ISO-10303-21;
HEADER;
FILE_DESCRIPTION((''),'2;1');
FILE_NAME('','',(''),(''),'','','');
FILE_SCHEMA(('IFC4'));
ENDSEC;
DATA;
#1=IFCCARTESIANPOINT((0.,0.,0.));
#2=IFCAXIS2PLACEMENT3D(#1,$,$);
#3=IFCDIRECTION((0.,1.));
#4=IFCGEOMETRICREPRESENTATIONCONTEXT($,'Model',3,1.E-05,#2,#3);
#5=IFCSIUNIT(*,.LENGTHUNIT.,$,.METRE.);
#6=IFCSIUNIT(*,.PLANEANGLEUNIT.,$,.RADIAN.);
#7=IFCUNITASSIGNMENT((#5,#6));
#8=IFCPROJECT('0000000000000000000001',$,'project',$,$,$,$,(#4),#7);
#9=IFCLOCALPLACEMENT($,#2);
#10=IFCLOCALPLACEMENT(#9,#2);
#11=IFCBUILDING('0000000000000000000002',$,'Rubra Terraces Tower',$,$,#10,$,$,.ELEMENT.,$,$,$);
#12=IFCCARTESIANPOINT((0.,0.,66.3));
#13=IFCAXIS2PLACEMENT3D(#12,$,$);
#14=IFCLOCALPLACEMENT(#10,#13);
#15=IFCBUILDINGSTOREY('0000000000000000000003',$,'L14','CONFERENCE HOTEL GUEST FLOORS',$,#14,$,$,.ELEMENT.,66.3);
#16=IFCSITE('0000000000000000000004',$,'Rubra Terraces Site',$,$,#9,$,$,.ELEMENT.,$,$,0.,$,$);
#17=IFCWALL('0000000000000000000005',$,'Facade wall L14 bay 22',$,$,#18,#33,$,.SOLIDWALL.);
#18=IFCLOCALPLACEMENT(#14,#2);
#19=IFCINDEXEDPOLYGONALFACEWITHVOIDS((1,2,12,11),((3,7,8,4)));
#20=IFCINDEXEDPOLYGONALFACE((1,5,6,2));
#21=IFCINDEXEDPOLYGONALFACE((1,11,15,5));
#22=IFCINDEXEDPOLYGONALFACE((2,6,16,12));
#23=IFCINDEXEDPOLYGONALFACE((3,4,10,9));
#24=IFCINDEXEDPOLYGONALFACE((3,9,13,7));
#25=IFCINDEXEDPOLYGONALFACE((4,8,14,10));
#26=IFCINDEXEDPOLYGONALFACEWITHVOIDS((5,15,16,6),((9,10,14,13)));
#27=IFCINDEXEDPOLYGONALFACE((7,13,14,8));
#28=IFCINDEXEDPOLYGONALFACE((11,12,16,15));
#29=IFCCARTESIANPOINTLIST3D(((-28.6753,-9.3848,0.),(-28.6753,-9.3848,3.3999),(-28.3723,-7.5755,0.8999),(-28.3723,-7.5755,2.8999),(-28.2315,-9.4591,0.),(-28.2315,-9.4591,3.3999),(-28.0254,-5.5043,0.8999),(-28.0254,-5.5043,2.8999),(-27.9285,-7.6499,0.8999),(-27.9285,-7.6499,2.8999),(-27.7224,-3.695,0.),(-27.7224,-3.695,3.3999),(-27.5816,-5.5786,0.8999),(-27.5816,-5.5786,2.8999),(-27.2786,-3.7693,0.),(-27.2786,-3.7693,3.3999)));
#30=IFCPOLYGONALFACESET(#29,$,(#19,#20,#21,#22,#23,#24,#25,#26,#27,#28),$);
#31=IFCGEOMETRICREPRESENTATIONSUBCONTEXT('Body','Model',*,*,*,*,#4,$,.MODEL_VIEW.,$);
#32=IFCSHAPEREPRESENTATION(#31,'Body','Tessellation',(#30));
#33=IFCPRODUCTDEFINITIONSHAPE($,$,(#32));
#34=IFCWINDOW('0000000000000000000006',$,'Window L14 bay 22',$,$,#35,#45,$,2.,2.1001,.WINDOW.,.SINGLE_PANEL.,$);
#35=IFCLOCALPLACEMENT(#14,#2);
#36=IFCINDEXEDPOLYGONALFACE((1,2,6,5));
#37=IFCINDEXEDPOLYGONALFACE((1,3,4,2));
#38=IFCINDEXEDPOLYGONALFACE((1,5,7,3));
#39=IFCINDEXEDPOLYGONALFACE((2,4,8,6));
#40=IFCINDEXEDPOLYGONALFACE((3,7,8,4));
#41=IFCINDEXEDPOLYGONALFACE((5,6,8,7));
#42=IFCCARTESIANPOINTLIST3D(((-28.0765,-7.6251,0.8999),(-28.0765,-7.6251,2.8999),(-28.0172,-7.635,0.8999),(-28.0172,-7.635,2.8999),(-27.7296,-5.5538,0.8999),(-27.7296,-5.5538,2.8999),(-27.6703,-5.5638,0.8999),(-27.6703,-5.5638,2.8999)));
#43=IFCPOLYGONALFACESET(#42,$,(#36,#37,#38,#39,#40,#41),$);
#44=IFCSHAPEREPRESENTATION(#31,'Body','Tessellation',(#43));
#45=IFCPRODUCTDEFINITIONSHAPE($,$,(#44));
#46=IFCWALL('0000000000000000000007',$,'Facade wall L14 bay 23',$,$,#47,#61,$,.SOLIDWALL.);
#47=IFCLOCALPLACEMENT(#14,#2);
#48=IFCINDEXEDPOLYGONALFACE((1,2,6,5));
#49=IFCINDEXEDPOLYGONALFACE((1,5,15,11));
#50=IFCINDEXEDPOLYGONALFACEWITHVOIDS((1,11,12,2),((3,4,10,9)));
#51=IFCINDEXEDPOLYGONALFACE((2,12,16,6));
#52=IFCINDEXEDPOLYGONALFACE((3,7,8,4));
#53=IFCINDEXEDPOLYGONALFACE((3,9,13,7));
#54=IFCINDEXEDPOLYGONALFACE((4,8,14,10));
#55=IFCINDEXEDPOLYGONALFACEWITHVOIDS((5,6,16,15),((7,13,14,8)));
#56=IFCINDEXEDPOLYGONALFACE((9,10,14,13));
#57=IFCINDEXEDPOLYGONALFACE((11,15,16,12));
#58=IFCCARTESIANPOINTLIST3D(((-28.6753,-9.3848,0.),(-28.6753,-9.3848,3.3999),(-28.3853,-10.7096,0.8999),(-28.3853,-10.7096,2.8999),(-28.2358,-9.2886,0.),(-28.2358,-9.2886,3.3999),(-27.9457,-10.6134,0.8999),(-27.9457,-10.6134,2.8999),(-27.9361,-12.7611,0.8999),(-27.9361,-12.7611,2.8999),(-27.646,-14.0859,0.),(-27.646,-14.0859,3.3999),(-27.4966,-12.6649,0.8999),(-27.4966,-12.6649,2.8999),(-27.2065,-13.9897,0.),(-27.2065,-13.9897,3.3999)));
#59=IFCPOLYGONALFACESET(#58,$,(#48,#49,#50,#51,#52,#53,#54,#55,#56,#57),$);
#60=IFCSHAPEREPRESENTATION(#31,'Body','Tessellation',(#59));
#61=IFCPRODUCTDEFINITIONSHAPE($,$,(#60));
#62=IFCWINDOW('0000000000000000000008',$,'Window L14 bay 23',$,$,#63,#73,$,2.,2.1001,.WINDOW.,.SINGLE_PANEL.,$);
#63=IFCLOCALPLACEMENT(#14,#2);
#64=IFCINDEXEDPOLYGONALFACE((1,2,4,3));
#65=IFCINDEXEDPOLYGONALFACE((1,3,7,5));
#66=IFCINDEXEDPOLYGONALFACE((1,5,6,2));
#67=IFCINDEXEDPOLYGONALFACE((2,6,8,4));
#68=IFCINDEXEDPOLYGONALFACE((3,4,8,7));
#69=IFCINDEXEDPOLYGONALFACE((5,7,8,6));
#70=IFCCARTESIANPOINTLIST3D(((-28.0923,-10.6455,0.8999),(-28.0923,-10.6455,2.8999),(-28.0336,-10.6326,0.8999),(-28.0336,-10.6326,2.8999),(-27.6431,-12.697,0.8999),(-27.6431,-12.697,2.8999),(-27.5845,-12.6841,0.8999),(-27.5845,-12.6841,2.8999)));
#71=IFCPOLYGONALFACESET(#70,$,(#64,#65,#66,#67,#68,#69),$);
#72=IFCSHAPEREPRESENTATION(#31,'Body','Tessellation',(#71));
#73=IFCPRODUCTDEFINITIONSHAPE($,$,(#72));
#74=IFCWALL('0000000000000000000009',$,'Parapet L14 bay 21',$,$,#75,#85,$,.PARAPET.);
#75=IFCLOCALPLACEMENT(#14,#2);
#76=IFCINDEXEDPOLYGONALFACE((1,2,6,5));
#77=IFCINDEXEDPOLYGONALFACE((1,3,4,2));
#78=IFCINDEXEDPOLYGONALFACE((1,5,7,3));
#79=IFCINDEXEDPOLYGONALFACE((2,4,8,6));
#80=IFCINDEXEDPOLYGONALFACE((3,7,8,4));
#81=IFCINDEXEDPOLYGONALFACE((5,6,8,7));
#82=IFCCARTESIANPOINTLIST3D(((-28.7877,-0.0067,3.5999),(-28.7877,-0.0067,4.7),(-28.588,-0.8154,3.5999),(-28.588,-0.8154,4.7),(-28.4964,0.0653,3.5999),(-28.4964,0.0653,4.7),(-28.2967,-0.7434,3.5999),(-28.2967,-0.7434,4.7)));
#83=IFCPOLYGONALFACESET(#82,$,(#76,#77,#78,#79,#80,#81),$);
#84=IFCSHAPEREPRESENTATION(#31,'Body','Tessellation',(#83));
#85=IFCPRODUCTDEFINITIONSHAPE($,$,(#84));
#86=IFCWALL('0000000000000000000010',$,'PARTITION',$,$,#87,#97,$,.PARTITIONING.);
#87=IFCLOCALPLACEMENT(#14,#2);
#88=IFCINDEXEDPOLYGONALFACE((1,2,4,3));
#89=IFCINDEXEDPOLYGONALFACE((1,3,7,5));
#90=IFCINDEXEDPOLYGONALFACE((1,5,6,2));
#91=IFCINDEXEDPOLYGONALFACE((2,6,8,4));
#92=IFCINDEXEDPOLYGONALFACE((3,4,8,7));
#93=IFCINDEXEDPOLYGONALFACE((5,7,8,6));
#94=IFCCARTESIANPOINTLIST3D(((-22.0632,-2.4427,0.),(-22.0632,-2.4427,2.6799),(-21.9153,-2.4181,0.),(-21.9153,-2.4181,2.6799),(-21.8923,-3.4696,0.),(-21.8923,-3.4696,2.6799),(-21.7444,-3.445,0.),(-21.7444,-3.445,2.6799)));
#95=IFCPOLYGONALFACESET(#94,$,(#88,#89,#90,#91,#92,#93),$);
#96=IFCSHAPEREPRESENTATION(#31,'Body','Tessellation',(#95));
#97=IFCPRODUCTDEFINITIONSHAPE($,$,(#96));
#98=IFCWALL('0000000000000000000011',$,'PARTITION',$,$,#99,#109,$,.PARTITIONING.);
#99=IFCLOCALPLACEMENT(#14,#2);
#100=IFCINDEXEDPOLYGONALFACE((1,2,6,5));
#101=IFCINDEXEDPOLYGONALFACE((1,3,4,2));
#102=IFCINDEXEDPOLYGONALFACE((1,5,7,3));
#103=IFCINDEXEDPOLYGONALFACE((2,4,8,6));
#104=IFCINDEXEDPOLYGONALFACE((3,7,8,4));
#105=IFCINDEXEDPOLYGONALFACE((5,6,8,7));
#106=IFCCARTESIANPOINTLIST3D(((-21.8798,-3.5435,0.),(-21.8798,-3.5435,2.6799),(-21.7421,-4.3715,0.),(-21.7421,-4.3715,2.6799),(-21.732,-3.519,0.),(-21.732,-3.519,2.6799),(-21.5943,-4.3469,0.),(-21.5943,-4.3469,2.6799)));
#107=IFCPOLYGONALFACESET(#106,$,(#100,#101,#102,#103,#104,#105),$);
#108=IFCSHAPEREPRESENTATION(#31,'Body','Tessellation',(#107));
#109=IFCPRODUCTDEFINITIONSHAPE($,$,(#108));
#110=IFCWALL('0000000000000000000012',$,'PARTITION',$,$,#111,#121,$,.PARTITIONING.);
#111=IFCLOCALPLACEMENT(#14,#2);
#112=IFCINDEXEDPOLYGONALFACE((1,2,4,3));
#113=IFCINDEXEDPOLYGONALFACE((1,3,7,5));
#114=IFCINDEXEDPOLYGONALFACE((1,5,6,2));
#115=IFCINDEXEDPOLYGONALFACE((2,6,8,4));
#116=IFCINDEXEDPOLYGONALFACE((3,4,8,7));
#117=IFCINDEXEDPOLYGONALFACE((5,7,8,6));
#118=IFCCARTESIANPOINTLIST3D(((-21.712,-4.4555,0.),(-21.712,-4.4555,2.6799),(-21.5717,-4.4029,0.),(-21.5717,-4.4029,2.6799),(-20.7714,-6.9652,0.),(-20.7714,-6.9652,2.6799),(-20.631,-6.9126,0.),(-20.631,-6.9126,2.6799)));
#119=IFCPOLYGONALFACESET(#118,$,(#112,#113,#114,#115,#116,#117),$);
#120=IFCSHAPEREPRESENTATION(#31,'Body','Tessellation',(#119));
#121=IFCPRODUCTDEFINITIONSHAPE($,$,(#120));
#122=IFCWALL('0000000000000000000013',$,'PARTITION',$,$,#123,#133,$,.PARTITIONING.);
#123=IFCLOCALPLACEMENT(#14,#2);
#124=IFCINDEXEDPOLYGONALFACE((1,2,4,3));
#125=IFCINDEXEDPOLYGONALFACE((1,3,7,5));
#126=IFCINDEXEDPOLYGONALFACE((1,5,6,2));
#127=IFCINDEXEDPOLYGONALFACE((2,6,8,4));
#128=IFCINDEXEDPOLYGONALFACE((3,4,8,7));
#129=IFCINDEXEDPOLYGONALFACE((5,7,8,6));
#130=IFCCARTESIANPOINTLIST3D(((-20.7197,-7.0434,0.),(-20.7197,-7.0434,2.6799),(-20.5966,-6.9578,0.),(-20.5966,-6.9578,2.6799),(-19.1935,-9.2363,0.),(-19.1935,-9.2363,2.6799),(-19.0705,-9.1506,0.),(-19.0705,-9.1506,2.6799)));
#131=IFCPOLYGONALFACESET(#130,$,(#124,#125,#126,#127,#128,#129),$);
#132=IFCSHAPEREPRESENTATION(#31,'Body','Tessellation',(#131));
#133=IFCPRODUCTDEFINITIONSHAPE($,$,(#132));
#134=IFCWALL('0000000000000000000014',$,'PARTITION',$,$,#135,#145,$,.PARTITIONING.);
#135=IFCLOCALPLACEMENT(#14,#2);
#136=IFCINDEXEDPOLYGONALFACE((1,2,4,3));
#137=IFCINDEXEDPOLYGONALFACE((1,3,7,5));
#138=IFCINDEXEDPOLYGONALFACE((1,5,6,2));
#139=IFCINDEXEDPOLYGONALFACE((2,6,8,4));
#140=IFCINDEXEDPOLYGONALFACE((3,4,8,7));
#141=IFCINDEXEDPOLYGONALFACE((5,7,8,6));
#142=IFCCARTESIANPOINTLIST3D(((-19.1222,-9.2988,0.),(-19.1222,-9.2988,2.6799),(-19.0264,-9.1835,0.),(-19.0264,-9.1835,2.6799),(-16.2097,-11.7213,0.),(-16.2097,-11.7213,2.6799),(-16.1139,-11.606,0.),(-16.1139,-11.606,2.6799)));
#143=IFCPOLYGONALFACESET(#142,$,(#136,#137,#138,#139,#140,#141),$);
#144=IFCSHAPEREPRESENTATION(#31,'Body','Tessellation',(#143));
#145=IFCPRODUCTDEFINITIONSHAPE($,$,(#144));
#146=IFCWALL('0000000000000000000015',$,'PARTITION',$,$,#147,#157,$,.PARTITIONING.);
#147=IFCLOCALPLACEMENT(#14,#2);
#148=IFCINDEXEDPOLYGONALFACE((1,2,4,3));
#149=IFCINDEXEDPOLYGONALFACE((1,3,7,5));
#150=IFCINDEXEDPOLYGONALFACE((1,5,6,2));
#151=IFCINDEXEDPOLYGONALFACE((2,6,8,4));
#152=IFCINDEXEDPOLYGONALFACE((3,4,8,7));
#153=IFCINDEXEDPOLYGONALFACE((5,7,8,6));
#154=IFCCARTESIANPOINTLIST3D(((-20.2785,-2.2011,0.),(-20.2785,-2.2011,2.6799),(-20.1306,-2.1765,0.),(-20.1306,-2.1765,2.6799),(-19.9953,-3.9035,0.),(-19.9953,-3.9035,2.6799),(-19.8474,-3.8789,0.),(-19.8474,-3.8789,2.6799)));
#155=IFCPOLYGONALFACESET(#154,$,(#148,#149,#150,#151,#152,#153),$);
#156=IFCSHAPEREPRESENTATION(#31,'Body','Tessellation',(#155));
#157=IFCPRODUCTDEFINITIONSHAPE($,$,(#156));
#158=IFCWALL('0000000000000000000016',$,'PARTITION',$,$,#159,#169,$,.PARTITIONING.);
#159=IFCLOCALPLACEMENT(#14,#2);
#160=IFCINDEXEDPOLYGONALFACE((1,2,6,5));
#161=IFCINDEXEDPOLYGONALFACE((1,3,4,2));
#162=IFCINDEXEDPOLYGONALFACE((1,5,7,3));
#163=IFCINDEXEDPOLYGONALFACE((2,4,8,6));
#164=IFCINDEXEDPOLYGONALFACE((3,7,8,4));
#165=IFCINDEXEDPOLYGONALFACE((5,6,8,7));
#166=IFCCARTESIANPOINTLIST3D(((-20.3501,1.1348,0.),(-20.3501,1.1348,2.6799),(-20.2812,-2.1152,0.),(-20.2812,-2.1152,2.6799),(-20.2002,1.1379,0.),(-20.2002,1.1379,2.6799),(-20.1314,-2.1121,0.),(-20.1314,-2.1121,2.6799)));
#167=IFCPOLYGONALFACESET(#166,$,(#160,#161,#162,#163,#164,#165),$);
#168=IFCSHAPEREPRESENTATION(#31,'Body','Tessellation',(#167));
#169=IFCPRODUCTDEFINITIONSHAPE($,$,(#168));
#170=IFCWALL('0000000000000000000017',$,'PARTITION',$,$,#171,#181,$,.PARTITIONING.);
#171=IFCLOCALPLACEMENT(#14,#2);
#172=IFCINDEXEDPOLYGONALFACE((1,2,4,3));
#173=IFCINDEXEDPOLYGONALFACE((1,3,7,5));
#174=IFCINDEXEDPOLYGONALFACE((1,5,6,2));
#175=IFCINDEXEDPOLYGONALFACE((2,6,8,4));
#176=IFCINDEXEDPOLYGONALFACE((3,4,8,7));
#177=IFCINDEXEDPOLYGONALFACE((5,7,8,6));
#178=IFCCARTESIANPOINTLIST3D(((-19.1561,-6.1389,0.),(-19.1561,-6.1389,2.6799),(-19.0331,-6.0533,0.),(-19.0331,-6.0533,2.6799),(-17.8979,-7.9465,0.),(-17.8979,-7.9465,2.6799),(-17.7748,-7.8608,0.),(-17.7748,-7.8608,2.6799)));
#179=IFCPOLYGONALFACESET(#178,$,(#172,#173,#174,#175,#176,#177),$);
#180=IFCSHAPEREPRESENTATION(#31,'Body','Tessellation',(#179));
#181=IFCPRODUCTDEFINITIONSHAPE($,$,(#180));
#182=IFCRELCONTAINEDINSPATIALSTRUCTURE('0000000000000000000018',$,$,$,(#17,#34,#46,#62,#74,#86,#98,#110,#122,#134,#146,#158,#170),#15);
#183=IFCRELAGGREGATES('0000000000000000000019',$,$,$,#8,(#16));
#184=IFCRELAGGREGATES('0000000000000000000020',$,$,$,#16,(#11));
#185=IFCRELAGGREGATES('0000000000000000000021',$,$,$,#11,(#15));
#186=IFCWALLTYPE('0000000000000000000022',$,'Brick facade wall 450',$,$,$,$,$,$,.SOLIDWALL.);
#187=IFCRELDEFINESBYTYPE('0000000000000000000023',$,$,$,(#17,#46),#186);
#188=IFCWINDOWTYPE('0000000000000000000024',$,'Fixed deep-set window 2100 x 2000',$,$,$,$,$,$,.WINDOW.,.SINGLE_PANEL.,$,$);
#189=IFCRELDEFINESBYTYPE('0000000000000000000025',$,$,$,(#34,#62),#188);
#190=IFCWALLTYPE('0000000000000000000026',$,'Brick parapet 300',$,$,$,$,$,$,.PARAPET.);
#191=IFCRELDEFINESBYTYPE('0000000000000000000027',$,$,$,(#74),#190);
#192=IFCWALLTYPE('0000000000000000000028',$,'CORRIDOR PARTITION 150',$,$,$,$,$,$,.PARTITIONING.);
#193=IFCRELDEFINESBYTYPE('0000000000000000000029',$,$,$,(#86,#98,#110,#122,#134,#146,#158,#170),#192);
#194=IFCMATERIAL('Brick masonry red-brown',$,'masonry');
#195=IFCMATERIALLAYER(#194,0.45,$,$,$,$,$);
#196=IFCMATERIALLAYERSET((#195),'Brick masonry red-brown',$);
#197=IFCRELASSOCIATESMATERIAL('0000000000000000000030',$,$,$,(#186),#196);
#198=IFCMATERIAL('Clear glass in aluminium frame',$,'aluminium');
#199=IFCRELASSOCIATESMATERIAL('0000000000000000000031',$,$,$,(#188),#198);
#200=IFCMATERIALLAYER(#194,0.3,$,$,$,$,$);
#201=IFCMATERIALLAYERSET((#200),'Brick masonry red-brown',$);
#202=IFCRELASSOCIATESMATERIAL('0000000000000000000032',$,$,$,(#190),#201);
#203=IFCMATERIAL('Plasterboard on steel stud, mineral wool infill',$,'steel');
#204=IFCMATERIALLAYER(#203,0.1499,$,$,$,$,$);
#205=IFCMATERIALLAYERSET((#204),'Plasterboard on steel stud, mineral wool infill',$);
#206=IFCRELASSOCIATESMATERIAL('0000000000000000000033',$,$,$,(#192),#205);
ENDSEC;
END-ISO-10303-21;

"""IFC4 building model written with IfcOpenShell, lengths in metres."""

from ifc_helpers import new_model, si_unit, direction, frame, frame_2d, origin, place, context, subcontext, project, spatial, rectangle, extrude, material, layer, layer_set, type_object, element, fill, save


model = new_model("IFC4")

# Units and contexts
model_context = context("Model", 3, precision=1e-05, world=origin(), true_north=direction((0.0, 1.0)))
body_context = subcontext(model_context, "Body", "Model", "MODEL_VIEW")
ifc_project = project(units=[si_unit("LENGTHUNIT", "METRE"), si_unit("PLANEANGLEUNIT", "RADIAN")], contexts=[model_context])

# Site, building, storey
site_placement = place(None, origin())
site = spatial("IfcSite", under=ifc_project, at=site_placement, Name="Rubra Terraces Site", CompositionType="ELEMENT", RefElevation=0.0)
building_placement = place(site_placement, origin())
building = spatial("IfcBuilding", under=site, at=building_placement, Name="Rubra Terraces Tower", CompositionType="ELEMENT")
storey_placement = place(building_placement, frame((0.0, 0.0, 66.3)))
storey = spatial("IfcBuildingStorey", under=building, at=storey_placement, Name="L14", Description="CONFERENCE HOTEL GUEST FLOORS", CompositionType="ELEMENT", Elevation=66.3)

# Walls, openings, windows
ifc_material_1 = material(Name="Brick masonry red-brown", Category="masonry")
ifc_layer_1 = layer(ifc_material_1, 0.45)
ifc_layer_set_1 = layer_set([ifc_layer_1], Name="Brick masonry red-brown")
wall_type_1 = type_object("IfcWallType", Name="Brick facade wall 450", PredefinedType="SOLIDWALL", material=ifc_layer_set_1)
ifc_material_2 = material(Name="Clear glass in aluminium frame", Category="aluminium")
wall_1_placement = place(storey_placement, frame((-27.5005, -3.7322, 0.0), z_axis=(0.0, 0.0, 1.0), x_axis=(-0.165174, -0.986264, 0.0)))
wall_1 = element("IfcWall", 1, at=wall_1_placement, inside=storey, type_object=wall_type_1, Name="Facade wall L14 bay 22", PredefinedType="SOLIDWALL", context=body_context, shape_type="SweptSolid", body=[
    extrude(rectangle(XDim=5.769, YDim=0.45, at=frame_2d((2.8845, 0.0))), origin(), (0.0, 0.0, 1.0), 3.3999),
])
opening_1_placement = place(wall_1_placement, frame((1.8345, 0.0, 0.8999)))
opening_1 = element("IfcOpeningElement", 2, at=opening_1_placement, cuts=wall_1, PredefinedType="OPENING", context=body_context, shape_type="SweptSolid", body=[
    extrude(rectangle(XDim=2.1001, YDim=2.0, at=frame_2d((1.05, 1.0))), frame((0.0, 0.2349, 0.0), z_axis=(0.0, -1.0, 0.0), x_axis=(1.0, 0.0, 0.0)), (0.0, 0.0, 1.0), 0.47),
])
window_type_1 = type_object("IfcWindowType", Name="Fixed deep-set window 2100 x 2000", PartitioningType="SINGLE_PANEL", PredefinedType="WINDOW", material=ifc_material_2)
window_1_placement = place(opening_1_placement, origin())
window_1 = element("IfcWindow", 3, at=window_1_placement, inside=storey, type_object=window_type_1, Name="Window L14 bay 22", OverallHeight=2.0, OverallWidth=2.1001, PartitioningType="SINGLE_PANEL", PredefinedType="WINDOW", context=body_context, shape_type="SweptSolid", body=[
    extrude(rectangle(XDim=2.1001, YDim=2.0, at=frame_2d((1.05, 1.0))), frame((0.0, 0.135, 0.0), z_axis=(0.0, -1.0, 0.0), x_axis=(1.0, 0.0, 0.0)), (0.0, 0.0, 1.0), 0.0601),
])
fill(opening_1, window_1)
wall_2_placement = place(storey_placement, frame((-28.4556, -9.3367, 0.0), z_axis=(0.0, 0.0, 1.0), x_axis=(0.213878, -0.97686, 0.0)))
wall_2 = element("IfcWall", 4, at=wall_2_placement, inside=storey, type_object=wall_type_1, Name="Facade wall L14 bay 23", PredefinedType="SOLIDWALL", context=body_context, shape_type="SweptSolid", body=[
    extrude(rectangle(XDim=4.8125, YDim=0.45, at=frame_2d((2.4062, 0.0))), origin(), (0.0, 0.0, 1.0), 3.3999),
])
opening_2_placement = place(wall_2_placement, frame((1.3562, 0.0, 0.8999)))
opening_2 = element("IfcOpeningElement", 5, at=opening_2_placement, cuts=wall_2, PredefinedType="OPENING", context=body_context, shape_type="SweptSolid", body=[
    extrude(rectangle(XDim=2.1001, YDim=2.0, at=frame_2d((1.05, 1.0))), frame((0.0, 0.2349, 0.0), z_axis=(0.0, -1.0, 0.0), x_axis=(1.0, 0.0, 0.0)), (0.0, 0.0, 1.0), 0.47),
])
window_2_placement = place(opening_2_placement, origin())
window_2 = element("IfcWindow", 6, at=window_2_placement, inside=storey, type_object=window_type_1, Name="Window L14 bay 23", OverallHeight=2.0, OverallWidth=2.1001, PartitioningType="SINGLE_PANEL", PredefinedType="WINDOW", context=body_context, shape_type="SweptSolid", body=[
    extrude(rectangle(XDim=2.1001, YDim=2.0, at=frame_2d((1.05, 1.0))), frame((0.0, 0.135, 0.0), z_axis=(0.0, -1.0, 0.0), x_axis=(1.0, 0.0, 0.0)), (0.0, 0.0, 1.0), 0.0601),
])
fill(opening_2, window_2)

# Walls
ifc_layer_2 = layer(ifc_material_1, 0.3)
ifc_layer_set_2 = layer_set([ifc_layer_2], Name="Brick masonry red-brown")
wall_type_2 = type_object("IfcWallType", Name="Brick parapet 300", PredefinedType="PARAPET", material=ifc_layer_set_2)
wall_3_placement = place(storey_placement, frame((-28.6421, 0.0293, 3.5999), z_axis=(0.0, 0.0, 1.0), x_axis=(0.239776, -0.970828, 0.0)))
element("IfcWall", 7, at=wall_3_placement, inside=storey, type_object=wall_type_2, Name="Parapet L14 bay 21", PredefinedType="PARAPET", context=body_context, shape_type="SweptSolid", body=[
    extrude(rectangle(XDim=0.833, YDim=0.3, at=frame_2d((0.4165, 0.0))), origin(), (0.0, 0.0, 1.0), 1.1001),
])
ifc_material_3 = material(Name="Plasterboard on steel stud, mineral wool infill", Category="steel")
ifc_layer_3 = layer(ifc_material_3, 0.1499)
ifc_layer_set_3 = layer_set([ifc_layer_3], Name="Plasterboard on steel stud, mineral wool infill")
wall_type_3 = type_object("IfcWallType", Name="CORRIDOR PARTITION 150", PredefinedType="PARTITIONING", material=ifc_layer_set_3)
wall_4_placement = place(storey_placement, frame((-21.9893, -2.4304, 0.0), z_axis=(0.0, 0.0, 1.0), x_axis=(0.164171, -0.986432, 0.0)))
element("IfcWall", 8, at=wall_4_placement, inside=storey, type_object=wall_type_3, Name="PARTITION", PredefinedType="PARTITIONING", context=body_context, shape_type="SweptSolid", body=[
    extrude(rectangle(XDim=1.041, YDim=0.1499, at=frame_2d((0.5205, 0.0))), origin(), (0.0, 0.0, 1.0), 2.6799),
])
wall_5_placement = place(storey_placement, frame((-21.8059, -3.5312, 0.0), z_axis=(0.0, 0.0, 1.0), x_axis=(0.164069, -0.986449, 0.0)))
element("IfcWall", 9, at=wall_5_placement, inside=storey, type_object=wall_type_3, Name="PARTITION", PredefinedType="PARTITIONING", context=body_context, shape_type="SweptSolid", body=[
    extrude(rectangle(XDim=0.8394, YDim=0.1499, at=frame_2d((0.4197, 0.0))), origin(), (0.0, 0.0, 1.0), 2.6799),
])
wall_6_placement = place(storey_placement, frame((-21.6418, -4.4292, 0.0), z_axis=(0.0, 0.0, 1.0), x_axis=(0.350964, -0.936389, 0.0)))
element("IfcWall", 10, at=wall_6_placement, inside=storey, type_object=wall_type_3, Name="PARTITION", PredefinedType="PARTITIONING", context=body_context, shape_type="SweptSolid", body=[
    extrude(rectangle(XDim=2.6802, YDim=0.1499, at=frame_2d((1.3401, 0.0))), origin(), (0.0, 0.0, 1.0), 2.6799),
])
wall_7_placement = place(storey_placement, frame((-20.6582, -7.0005, 0.0), z_axis=(0.0, 0.0, 1.0), x_axis=(0.571228, -0.820792, 0.0)))
element("IfcWall", 11, at=wall_7_placement, inside=storey, type_object=wall_type_3, Name="PARTITION", PredefinedType="PARTITIONING", context=body_context, shape_type="SweptSolid", body=[
    extrude(rectangle(XDim=2.6716, YDim=0.1499, at=frame_2d((1.3359, 0.0))), origin(), (0.0, 0.0, 1.0), 2.6799),
])
wall_8_placement = place(storey_placement, frame((-19.0742, -9.2412, 0.0), z_axis=(0.0, 0.0, 1.0), x_axis=(0.768813, -0.639474, 0.0)))
element("IfcWall", 12, at=wall_8_placement, inside=storey, type_object=wall_type_3, Name="PARTITION", PredefinedType="PARTITIONING", context=body_context, shape_type="SweptSolid", body=[
    extrude(rectangle(XDim=3.7883, YDim=0.1499, at=frame_2d((1.894, 0.0))), origin(), (0.0, 0.0, 1.0), 2.6799),
])
wall_9_placement = place(storey_placement, frame((-19.9214, -3.8911, 0.0), z_axis=(0.0, 0.0, 1.0), x_axis=(-0.164101, 0.986444, 0.0)))
element("IfcWall", 13, at=wall_9_placement, inside=storey, type_object=wall_type_3, Name="PARTITION", PredefinedType="PARTITIONING", context=body_context, shape_type="SweptSolid", body=[
    extrude(rectangle(XDim=1.7258, YDim=0.1499, at=frame_2d((0.8628, 0.0))), origin(), (0.0, 0.0, 1.0), 2.6799),
])
wall_10_placement = place(storey_placement, frame((-20.2063, -2.1138, 0.0), z_axis=(0.0, 0.0, 1.0), x_axis=(-0.021179, 0.999776, 0.0)))
element("IfcWall", 14, at=wall_10_placement, inside=storey, type_object=wall_type_3, Name="PARTITION", PredefinedType="PARTITIONING", context=body_context, shape_type="SweptSolid", body=[
    extrude(rectangle(XDim=3.2507, YDim=0.1499, at=frame_2d((1.6255, 0.0))), origin(), (0.0, 0.0, 1.0), 2.6799),
])
wall_11_placement = place(storey_placement, frame((-17.8364, -7.9036, 0.0), z_axis=(0.0, 0.0, 1.0), x_axis=(-0.571318, 0.820729, 0.0)))
element("IfcWall", 15, at=wall_11_placement, inside=storey, type_object=wall_type_3, Name="PARTITION", PredefinedType="PARTITIONING", context=body_context, shape_type="SweptSolid", body=[
    extrude(rectangle(XDim=2.2024, YDim=0.1499, at=frame_2d((1.1011, 0.0))), origin(), (0.0, 0.0, 1.0), 2.6799),
])

save(model, "model.ifc")
